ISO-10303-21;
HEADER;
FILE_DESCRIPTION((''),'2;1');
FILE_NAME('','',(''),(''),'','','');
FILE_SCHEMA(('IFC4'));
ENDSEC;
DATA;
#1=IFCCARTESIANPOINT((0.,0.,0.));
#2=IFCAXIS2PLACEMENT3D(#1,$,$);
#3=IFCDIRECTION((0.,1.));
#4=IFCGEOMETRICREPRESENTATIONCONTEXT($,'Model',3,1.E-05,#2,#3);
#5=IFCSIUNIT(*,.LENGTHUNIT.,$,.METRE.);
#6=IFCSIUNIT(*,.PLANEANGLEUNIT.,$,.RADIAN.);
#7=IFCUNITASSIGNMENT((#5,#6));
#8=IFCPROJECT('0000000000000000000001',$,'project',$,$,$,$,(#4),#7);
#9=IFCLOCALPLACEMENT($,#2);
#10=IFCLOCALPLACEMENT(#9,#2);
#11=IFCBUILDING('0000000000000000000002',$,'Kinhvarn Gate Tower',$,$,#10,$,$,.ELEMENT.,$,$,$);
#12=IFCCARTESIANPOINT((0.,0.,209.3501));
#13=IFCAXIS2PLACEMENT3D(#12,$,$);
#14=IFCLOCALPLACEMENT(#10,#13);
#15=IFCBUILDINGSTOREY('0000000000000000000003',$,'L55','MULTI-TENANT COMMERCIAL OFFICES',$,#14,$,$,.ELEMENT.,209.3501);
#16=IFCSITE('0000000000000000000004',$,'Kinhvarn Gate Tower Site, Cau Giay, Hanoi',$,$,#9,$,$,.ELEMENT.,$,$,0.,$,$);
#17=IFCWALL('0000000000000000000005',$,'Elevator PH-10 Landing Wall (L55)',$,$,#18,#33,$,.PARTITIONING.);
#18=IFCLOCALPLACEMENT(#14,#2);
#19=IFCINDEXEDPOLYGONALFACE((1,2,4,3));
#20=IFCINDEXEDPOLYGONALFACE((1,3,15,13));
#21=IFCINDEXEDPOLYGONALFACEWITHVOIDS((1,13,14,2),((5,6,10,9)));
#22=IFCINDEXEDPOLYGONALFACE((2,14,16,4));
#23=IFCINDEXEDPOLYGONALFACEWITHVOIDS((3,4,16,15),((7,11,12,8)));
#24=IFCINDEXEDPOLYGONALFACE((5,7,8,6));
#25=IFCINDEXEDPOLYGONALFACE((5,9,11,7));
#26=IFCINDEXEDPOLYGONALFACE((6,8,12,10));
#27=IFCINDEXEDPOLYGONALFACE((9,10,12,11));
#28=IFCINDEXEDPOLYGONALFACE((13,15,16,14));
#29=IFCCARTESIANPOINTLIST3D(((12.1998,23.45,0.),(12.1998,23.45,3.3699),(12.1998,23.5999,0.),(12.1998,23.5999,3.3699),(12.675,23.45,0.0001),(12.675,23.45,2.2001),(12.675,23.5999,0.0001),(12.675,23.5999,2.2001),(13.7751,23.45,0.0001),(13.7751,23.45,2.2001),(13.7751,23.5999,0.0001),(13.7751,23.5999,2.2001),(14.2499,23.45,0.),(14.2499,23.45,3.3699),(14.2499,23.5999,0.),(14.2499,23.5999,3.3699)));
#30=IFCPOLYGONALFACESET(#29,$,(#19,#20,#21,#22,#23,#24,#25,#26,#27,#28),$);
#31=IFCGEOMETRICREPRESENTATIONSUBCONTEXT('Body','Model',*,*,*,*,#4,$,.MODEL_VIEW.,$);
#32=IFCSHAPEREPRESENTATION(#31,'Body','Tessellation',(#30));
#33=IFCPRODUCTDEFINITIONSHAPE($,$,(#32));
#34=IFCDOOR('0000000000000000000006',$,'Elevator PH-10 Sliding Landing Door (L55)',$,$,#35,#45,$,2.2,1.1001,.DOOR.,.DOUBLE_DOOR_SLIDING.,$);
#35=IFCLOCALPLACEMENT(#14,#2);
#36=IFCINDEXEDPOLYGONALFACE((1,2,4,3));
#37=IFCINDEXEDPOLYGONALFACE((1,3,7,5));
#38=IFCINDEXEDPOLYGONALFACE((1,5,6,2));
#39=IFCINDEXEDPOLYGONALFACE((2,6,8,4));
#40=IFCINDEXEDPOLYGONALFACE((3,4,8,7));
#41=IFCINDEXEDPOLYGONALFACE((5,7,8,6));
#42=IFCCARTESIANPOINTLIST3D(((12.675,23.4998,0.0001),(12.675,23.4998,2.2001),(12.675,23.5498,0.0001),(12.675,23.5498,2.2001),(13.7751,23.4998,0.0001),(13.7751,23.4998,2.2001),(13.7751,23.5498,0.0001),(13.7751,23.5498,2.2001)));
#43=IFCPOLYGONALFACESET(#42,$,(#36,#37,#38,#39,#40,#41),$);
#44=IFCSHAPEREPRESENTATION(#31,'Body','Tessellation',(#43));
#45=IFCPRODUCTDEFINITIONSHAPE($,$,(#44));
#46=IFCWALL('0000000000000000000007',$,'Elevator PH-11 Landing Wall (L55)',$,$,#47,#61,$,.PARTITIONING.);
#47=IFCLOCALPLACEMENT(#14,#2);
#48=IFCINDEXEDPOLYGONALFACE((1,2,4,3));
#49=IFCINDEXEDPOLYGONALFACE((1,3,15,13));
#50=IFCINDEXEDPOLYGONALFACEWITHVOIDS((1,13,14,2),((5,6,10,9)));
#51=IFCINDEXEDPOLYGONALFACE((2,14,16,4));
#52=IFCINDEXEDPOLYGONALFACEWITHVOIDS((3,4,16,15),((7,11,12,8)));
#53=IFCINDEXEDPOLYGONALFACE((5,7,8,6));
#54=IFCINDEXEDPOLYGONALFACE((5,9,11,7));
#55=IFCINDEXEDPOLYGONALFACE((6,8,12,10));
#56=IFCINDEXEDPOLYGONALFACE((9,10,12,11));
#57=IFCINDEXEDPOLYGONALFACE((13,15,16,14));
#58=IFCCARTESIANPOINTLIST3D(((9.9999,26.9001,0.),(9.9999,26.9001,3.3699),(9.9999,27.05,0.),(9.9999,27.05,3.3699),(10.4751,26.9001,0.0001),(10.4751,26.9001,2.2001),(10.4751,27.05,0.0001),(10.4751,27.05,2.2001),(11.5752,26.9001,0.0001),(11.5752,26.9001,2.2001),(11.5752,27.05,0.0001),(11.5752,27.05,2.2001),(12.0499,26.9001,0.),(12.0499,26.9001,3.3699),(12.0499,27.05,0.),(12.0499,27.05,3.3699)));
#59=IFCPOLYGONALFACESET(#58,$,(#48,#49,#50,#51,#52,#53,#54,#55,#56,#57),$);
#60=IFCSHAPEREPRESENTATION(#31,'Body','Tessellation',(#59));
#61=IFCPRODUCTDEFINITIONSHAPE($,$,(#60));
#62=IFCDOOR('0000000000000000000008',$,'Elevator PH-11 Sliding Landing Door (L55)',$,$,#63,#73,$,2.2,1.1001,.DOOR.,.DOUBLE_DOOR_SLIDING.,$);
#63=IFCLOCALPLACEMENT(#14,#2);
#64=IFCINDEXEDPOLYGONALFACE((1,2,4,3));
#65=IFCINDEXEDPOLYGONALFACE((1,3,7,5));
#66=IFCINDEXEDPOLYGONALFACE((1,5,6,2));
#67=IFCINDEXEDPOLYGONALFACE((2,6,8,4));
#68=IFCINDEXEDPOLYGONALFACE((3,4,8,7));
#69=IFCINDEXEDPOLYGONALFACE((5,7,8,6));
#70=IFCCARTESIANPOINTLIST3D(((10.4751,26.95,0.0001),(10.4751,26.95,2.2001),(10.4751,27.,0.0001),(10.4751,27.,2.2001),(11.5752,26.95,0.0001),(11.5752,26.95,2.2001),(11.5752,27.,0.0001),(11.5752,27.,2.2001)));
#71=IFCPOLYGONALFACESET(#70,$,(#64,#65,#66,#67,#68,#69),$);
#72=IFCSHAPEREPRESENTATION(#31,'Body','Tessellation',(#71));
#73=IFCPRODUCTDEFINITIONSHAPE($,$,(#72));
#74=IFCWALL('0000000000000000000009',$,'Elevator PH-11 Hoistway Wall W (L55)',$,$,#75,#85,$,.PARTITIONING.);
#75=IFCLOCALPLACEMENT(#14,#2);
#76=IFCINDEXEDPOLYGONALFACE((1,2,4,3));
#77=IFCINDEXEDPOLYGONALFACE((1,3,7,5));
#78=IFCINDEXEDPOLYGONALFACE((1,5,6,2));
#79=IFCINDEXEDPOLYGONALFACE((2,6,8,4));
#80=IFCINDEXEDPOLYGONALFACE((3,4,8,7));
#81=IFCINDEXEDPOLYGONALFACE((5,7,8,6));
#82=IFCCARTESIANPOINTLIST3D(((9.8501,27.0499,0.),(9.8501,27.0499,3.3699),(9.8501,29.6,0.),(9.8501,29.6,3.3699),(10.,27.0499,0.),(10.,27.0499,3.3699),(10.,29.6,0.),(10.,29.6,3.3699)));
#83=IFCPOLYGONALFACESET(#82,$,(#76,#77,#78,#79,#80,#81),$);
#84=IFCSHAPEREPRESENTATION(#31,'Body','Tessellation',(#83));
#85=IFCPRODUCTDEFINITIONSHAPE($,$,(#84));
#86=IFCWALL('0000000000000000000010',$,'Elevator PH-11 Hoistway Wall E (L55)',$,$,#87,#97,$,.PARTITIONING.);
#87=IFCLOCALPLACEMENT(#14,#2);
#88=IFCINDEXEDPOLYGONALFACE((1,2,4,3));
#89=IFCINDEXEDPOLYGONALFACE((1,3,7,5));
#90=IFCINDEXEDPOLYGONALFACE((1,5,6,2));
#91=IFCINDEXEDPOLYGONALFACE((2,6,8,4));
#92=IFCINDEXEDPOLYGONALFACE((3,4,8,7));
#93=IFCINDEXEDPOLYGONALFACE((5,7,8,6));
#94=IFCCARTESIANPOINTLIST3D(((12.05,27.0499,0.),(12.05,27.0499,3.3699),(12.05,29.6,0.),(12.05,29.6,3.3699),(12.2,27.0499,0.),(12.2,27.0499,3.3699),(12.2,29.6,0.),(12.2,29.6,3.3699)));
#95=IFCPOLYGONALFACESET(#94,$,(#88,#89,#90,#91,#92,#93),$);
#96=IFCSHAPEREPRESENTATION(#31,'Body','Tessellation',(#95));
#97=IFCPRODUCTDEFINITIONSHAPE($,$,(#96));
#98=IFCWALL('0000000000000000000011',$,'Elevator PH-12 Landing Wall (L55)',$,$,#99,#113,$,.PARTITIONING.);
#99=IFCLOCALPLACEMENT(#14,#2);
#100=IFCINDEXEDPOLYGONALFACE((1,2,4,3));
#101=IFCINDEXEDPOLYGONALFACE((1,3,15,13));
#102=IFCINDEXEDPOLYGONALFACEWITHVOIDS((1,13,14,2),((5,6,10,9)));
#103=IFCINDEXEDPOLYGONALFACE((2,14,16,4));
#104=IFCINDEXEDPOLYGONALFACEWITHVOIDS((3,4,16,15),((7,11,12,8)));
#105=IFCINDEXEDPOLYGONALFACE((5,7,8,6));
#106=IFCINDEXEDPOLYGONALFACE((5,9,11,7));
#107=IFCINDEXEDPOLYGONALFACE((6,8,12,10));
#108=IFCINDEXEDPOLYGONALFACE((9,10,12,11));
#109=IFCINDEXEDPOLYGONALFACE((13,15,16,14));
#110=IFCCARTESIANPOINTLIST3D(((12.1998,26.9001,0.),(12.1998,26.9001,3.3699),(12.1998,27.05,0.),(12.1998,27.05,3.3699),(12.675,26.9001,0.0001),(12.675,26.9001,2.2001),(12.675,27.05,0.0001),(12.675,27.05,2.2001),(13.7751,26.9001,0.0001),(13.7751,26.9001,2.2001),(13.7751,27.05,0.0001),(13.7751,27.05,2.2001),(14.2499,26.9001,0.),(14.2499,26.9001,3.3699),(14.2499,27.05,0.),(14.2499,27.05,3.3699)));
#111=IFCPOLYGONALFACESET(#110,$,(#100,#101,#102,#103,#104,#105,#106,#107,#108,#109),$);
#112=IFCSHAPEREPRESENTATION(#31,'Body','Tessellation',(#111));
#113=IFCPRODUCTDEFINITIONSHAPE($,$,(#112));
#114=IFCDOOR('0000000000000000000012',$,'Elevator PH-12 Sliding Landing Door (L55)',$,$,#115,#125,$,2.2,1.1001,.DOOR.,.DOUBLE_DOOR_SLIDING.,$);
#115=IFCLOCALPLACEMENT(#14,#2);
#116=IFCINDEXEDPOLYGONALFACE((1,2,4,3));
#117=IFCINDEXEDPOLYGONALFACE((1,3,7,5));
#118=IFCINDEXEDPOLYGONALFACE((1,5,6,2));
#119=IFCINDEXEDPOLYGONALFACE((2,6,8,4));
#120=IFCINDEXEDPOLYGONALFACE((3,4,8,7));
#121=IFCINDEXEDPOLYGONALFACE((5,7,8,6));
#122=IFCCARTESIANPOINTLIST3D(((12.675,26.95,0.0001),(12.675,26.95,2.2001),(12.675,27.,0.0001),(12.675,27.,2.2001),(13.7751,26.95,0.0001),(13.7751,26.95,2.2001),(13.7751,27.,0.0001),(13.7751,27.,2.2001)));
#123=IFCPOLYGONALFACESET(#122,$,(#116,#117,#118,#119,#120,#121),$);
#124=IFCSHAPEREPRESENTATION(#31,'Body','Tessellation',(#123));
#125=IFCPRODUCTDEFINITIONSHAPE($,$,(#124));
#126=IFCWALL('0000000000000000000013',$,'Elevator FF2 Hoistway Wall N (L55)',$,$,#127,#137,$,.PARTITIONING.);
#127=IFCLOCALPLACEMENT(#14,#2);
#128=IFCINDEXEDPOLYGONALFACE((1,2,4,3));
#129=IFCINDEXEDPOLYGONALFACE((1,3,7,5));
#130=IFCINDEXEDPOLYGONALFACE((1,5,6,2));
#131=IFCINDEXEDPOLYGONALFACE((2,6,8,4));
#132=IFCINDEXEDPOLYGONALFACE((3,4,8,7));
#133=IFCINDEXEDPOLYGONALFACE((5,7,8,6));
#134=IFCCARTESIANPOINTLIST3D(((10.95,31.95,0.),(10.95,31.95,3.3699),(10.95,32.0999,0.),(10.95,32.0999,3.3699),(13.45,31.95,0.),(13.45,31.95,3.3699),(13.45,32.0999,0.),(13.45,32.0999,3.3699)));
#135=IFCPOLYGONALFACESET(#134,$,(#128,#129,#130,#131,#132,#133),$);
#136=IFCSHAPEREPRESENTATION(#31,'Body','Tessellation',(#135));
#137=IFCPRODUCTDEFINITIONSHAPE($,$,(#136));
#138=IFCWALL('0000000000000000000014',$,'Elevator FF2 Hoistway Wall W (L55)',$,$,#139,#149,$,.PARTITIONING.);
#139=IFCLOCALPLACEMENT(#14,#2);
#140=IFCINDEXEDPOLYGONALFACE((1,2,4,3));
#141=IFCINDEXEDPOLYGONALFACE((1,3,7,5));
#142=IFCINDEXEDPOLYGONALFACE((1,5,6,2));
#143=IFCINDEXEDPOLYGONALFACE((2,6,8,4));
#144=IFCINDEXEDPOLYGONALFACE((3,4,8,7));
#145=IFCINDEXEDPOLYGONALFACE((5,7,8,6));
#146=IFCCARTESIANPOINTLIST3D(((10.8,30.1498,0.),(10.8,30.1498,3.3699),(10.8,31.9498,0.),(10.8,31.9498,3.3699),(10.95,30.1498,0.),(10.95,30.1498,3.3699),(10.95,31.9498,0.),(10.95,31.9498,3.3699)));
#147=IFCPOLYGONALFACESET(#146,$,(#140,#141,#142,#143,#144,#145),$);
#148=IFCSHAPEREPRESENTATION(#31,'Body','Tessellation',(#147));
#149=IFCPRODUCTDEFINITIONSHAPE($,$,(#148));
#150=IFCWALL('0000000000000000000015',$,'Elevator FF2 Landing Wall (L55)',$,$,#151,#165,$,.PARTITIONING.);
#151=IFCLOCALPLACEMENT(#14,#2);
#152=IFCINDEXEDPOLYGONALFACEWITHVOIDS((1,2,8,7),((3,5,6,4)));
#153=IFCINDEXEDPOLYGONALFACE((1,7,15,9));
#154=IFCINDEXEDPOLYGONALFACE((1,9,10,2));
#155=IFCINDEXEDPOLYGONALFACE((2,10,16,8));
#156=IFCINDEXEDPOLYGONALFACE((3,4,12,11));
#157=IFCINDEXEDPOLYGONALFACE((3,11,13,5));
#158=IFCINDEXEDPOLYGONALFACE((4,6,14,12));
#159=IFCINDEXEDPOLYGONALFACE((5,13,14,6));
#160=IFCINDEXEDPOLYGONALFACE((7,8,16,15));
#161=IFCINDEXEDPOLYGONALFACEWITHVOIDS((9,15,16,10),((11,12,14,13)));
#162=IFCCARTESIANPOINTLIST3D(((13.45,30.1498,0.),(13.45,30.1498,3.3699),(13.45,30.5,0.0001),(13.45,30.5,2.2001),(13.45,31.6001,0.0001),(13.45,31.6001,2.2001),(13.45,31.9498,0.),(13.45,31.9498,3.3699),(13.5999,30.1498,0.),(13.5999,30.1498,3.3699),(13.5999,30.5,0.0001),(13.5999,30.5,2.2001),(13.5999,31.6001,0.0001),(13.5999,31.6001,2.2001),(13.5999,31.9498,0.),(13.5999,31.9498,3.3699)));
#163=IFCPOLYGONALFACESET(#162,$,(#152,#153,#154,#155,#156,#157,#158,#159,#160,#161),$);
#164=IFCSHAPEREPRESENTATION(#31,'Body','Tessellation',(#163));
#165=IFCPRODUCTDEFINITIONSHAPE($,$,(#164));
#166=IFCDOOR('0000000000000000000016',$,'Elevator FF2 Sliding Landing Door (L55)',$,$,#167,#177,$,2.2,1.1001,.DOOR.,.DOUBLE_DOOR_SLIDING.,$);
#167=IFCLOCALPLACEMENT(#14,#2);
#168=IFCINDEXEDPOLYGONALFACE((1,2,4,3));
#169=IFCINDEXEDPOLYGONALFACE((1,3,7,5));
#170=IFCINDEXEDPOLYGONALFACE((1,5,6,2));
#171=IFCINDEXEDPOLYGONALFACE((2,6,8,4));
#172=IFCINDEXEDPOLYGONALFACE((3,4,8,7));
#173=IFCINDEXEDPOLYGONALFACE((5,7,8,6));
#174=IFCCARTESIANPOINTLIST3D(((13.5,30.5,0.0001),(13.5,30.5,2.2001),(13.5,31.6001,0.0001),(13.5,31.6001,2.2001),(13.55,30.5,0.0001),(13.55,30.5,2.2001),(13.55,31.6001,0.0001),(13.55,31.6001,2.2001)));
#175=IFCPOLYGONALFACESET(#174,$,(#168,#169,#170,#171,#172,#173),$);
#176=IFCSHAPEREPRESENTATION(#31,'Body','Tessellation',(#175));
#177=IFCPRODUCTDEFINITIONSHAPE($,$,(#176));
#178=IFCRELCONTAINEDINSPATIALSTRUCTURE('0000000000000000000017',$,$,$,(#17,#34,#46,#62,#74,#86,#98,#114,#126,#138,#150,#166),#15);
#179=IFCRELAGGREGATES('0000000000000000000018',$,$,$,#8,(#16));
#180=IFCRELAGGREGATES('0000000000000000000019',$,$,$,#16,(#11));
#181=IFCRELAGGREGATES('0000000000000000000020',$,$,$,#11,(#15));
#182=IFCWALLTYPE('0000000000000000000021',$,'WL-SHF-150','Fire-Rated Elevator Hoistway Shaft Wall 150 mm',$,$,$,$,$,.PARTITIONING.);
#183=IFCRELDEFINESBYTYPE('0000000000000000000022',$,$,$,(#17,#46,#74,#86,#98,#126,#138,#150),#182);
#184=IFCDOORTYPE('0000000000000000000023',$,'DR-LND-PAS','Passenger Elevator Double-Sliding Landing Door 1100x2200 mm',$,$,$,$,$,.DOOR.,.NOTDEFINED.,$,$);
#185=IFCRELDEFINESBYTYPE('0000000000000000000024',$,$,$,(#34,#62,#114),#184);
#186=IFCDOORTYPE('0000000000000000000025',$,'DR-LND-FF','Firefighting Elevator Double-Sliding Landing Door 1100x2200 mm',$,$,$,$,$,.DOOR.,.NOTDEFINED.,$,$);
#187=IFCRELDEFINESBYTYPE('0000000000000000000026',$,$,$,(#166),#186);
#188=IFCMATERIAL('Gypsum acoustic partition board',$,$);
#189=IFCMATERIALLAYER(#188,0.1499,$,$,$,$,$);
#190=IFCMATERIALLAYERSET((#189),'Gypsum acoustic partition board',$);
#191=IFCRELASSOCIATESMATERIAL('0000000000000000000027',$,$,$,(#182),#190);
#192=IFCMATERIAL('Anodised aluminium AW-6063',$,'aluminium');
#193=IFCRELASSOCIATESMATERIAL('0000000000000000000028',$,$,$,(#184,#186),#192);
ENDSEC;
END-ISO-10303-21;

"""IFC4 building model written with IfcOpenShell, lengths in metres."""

from ifc_helpers import new_model, si_unit, direction, frame, frame_2d, origin, place, context, subcontext, project, spatial, rectangle, extrude, material, layer, layer_set, type_object, element, fill, save


model = new_model("IFC4")

# Units and contexts
model_context = context("Model", 3, precision=1e-05, world=origin(), true_north=direction((0.0, 1.0)))
body_context = subcontext(model_context, "Body", "Model", "MODEL_VIEW")
ifc_project = project(units=[si_unit("LENGTHUNIT", "METRE"), si_unit("PLANEANGLEUNIT", "RADIAN")], contexts=[model_context])

# Site, building, storey
site_placement = place(None, origin())
site = spatial("IfcSite", under=ifc_project, at=site_placement, Name="Kinhvarn Gate Tower Site, Cau Giay, Hanoi", CompositionType="ELEMENT", RefElevation=0.0)
building_placement = place(site_placement, origin())
building = spatial("IfcBuilding", under=site, at=building_placement, Name="Kinhvarn Gate Tower", CompositionType="ELEMENT")
storey_placement = place(building_placement, frame((0.0, 0.0, 209.3501)))
storey = spatial("IfcBuildingStorey", under=building, at=storey_placement, Name="L55", Description="MULTI-TENANT COMMERCIAL OFFICES", CompositionType="ELEMENT", Elevation=209.3501)

# Shared definitions
ifc_material_1 = material(Name="Gypsum acoustic partition board")

# Shared definitions
ifc_material_2 = material(Name="Anodised aluminium AW-6063", Category="aluminium")

# Shared definitions
ifc_layer_1 = layer(ifc_material_1, 0.1499)
ifc_layer_set_1 = layer_set([ifc_layer_1], Name="Gypsum acoustic partition board")
wall_type_1 = type_object("IfcWallType", Name="WL-SHF-150", Description="Fire-Rated Elevator Hoistway Shaft Wall 150 mm", PredefinedType="PARTITIONING", material=ifc_layer_set_1)
door_type_1 = type_object("IfcDoorType", Name="DR-LND-PAS", Description="Passenger Elevator Double-Sliding Landing Door 1100x2200 mm", OperationType="NOTDEFINED", PredefinedType="DOOR", material=ifc_material_2)

# Walls, openings, doors
wall_1_placement = place(storey_placement, frame((12.2, 23.5249, 0.0), z_axis=(0.0, 0.0, 1.0), x_axis=(1.0, 0.0, 0.0)))
wall_1 = element("IfcWall", 1, at=wall_1_placement, inside=storey, type_object=wall_type_1, Name="Elevator PH-10 Landing Wall (L55)", PredefinedType="PARTITIONING", context=body_context, shape_type="SweptSolid", body=[
    extrude(rectangle(XDim=2.05, YDim=0.1499, at=frame_2d((1.0249, 0.0))), origin(), (0.0, 0.0, 1.0), 3.3699),
])
opening_1_placement = place(wall_1_placement, frame((0.4751, 0.0, 0.0)))
opening_1 = element("IfcOpeningElement", 2, at=opening_1_placement, cuts=wall_1, PredefinedType="OPENING", context=body_context, shape_type="SweptSolid", body=[
    extrude(rectangle(XDim=1.1001, YDim=2.2, at=frame_2d((0.55, 1.1001))), frame((0.0, 0.085, 0.0), z_axis=(0.0, -1.0, 0.0), x_axis=(1.0, 0.0, 0.0)), (0.0, 0.0, 1.0), 0.1699),
])
door_1_placement = place(opening_1_placement, origin())
door_1 = element("IfcDoor", 3, at=door_1_placement, inside=storey, type_object=door_type_1, Name="Elevator PH-10 Sliding Landing Door (L55)", OperationType="DOUBLE_DOOR_SLIDING", OverallHeight=2.2, OverallWidth=1.1001, PredefinedType="DOOR", context=body_context, shape_type="SweptSolid", body=[
    extrude(rectangle(XDim=1.1001, YDim=2.2, at=frame_2d((0.55, 1.1001))), frame((0.0, 0.0249, 0.0), z_axis=(0.0, -1.0, 0.0), x_axis=(1.0, 0.0, 0.0)), (0.0, 0.0, 1.0), 0.05),
])
fill(opening_1, door_1)
wall_2_placement = place(storey_placement, frame((10.0, 26.9751, 0.0), z_axis=(0.0, 0.0, 1.0), x_axis=(1.0, 0.0, 0.0)))
wall_2 = element("IfcWall", 4, at=wall_2_placement, inside=storey, type_object=wall_type_1, Name="Elevator PH-11 Landing Wall (L55)", PredefinedType="PARTITIONING", context=body_context, shape_type="SweptSolid", body=[
    extrude(rectangle(XDim=2.05, YDim=0.1499, at=frame_2d((1.0249, 0.0))), origin(), (0.0, 0.0, 1.0), 3.3699),
])
opening_2_placement = place(wall_2_placement, frame((0.4751, 0.0, 0.0)))
opening_2 = element("IfcOpeningElement", 5, at=opening_2_placement, cuts=wall_2, PredefinedType="OPENING", context=body_context, shape_type="SweptSolid", body=[
    extrude(rectangle(XDim=1.1001, YDim=2.2, at=frame_2d((0.55, 1.1001))), frame((0.0, 0.085, 0.0), z_axis=(0.0, -1.0, 0.0), x_axis=(1.0, 0.0, 0.0)), (0.0, 0.0, 1.0), 0.1699),
])
door_2_placement = place(opening_2_placement, origin())
door_2 = element("IfcDoor", 6, at=door_2_placement, inside=storey, type_object=door_type_1, Name="Elevator PH-11 Sliding Landing Door (L55)", OperationType="DOUBLE_DOOR_SLIDING", OverallHeight=2.2, OverallWidth=1.1001, PredefinedType="DOOR", context=body_context, shape_type="SweptSolid", body=[
    extrude(rectangle(XDim=1.1001, YDim=2.2, at=frame_2d((0.55, 1.1001))), frame((0.0, 0.0249, 0.0), z_axis=(0.0, -1.0, 0.0), x_axis=(1.0, 0.0, 0.0)), (0.0, 0.0, 1.0), 0.05),
])
fill(opening_2, door_2)

# Walls
for number, where, z_axis, x_axis, name in (
    (7, (9.925, 27.05, 0.0), (0.0, 0.0, 1.0), (0.0, 1.0, 0.0), "Elevator PH-11 Hoistway Wall W (L55)"),
    (8, (12.125, 27.05, 0.0), (0.0, 0.0, 1.0), (0.0, 1.0, 0.0), "Elevator PH-11 Hoistway Wall E (L55)"),
):
    element("IfcWall", number, at=place(storey_placement, frame(where, z_axis=z_axis, x_axis=x_axis)), inside=storey, type_object=wall_type_1, Name=name, PredefinedType="PARTITIONING", context=body_context, shape_type="SweptSolid", body=[
        extrude(rectangle(XDim=2.55, YDim=0.1499, at=frame_2d((1.2749, 0.0))), origin(), (0.0, 0.0, 1.0), 3.3699),
    ])

# Wall, opening, door
wall_3_placement = place(storey_placement, frame((12.2, 26.9751, 0.0), z_axis=(0.0, 0.0, 1.0), x_axis=(1.0, 0.0, 0.0)))
wall_3 = element("IfcWall", 9, at=wall_3_placement, inside=storey, type_object=wall_type_1, Name="Elevator PH-12 Landing Wall (L55)", PredefinedType="PARTITIONING", context=body_context, shape_type="SweptSolid", body=[
    extrude(rectangle(XDim=2.05, YDim=0.1499, at=frame_2d((1.0249, 0.0))), origin(), (0.0, 0.0, 1.0), 3.3699),
])
opening_3_placement = place(wall_3_placement, frame((0.4751, 0.0, 0.0)))
opening_3 = element("IfcOpeningElement", 10, at=opening_3_placement, cuts=wall_3, PredefinedType="OPENING", context=body_context, shape_type="SweptSolid", body=[
    extrude(rectangle(XDim=1.1001, YDim=2.2, at=frame_2d((0.55, 1.1001))), frame((0.0, 0.085, 0.0), z_axis=(0.0, -1.0, 0.0), x_axis=(1.0, 0.0, 0.0)), (0.0, 0.0, 1.0), 0.1699),
])
door_3_placement = place(opening_3_placement, origin())
door_3 = element("IfcDoor", 11, at=door_3_placement, inside=storey, type_object=door_type_1, Name="Elevator PH-12 Sliding Landing Door (L55)", OperationType="DOUBLE_DOOR_SLIDING", OverallHeight=2.2, OverallWidth=1.1001, PredefinedType="DOOR", context=body_context, shape_type="SweptSolid", body=[
    extrude(rectangle(XDim=1.1001, YDim=2.2, at=frame_2d((0.55, 1.1001))), frame((0.0, 0.0249, 0.0), z_axis=(0.0, -1.0, 0.0), x_axis=(1.0, 0.0, 0.0)), (0.0, 0.0, 1.0), 0.05),
])
fill(opening_3, door_3)

# Walls
wall_4_placement = place(storey_placement, frame((10.95, 32.0249, 0.0), z_axis=(0.0, 0.0, 1.0), x_axis=(1.0, 0.0, 0.0)))
element("IfcWall", 12, at=wall_4_placement, inside=storey, type_object=wall_type_1, Name="Elevator FF2 Hoistway Wall N (L55)", PredefinedType="PARTITIONING", context=body_context, shape_type="SweptSolid", body=[
    extrude(rectangle(XDim=2.5, YDim=0.1499, at=frame_2d((1.25, 0.0))), origin(), (0.0, 0.0, 1.0), 3.3699),
])
wall_5_placement = place(storey_placement, frame((10.875, 30.1499, 0.0), z_axis=(0.0, 0.0, 1.0), x_axis=(0.0, 1.0, 0.0)))
element("IfcWall", 13, at=wall_5_placement, inside=storey, type_object=wall_type_1, Name="Elevator FF2 Hoistway Wall W (L55)", PredefinedType="PARTITIONING", context=body_context, shape_type="SweptSolid", body=[
    extrude(rectangle(XDim=1.8, YDim=0.1499, at=frame_2d((0.8999, 0.0))), origin(), (0.0, 0.0, 1.0), 3.3699),
])

# Wall, opening, door
wall_6_placement = place(storey_placement, frame((13.5249, 30.1499, 0.0), z_axis=(0.0, 0.0, 1.0), x_axis=(0.0, 1.0, 0.0)))
wall_6 = element("IfcWall", 14, at=wall_6_placement, inside=storey, type_object=wall_type_1, Name="Elevator FF2 Landing Wall (L55)", PredefinedType="PARTITIONING", context=body_context, shape_type="SweptSolid", body=[
    extrude(rectangle(XDim=1.8, YDim=0.1499, at=frame_2d((0.8999, 0.0))), origin(), (0.0, 0.0, 1.0), 3.3699),
])
opening_4_placement = place(wall_6_placement, frame((0.3501, 0.0, 0.0)))
opening_4 = element("IfcOpeningElement", 15, at=opening_4_placement, cuts=wall_6, PredefinedType="OPENING", context=body_context, shape_type="SweptSolid", body=[
    extrude(rectangle(XDim=1.1001, YDim=2.2, at=frame_2d((0.55, 1.1001))), frame((0.0, 0.085, 0.0), z_axis=(0.0, -1.0, 0.0), x_axis=(1.0, 0.0, 0.0)), (0.0, 0.0, 1.0), 0.1699),
])
door_type_2 = type_object("IfcDoorType", Name="DR-LND-FF", Description="Firefighting Elevator Double-Sliding Landing Door 1100x2200 mm", OperationType="NOTDEFINED", PredefinedType="DOOR", material=ifc_material_2)
door_4_placement = place(opening_4_placement, origin())
door_4 = element("IfcDoor", 16, at=door_4_placement, inside=storey, type_object=door_type_2, Name="Elevator FF2 Sliding Landing Door (L55)", OperationType="DOUBLE_DOOR_SLIDING", OverallHeight=2.2, OverallWidth=1.1001, PredefinedType="DOOR", context=body_context, shape_type="SweptSolid", body=[
    extrude(rectangle(XDim=1.1001, YDim=2.2, at=frame_2d((0.55, 1.1001))), frame((0.0, 0.0249, 0.0), z_axis=(0.0, -1.0, 0.0), x_axis=(1.0, 0.0, 0.0)), (0.0, 0.0, 1.0), 0.05),
])
fill(opening_4, door_4)

save(model, "model.ifc")
